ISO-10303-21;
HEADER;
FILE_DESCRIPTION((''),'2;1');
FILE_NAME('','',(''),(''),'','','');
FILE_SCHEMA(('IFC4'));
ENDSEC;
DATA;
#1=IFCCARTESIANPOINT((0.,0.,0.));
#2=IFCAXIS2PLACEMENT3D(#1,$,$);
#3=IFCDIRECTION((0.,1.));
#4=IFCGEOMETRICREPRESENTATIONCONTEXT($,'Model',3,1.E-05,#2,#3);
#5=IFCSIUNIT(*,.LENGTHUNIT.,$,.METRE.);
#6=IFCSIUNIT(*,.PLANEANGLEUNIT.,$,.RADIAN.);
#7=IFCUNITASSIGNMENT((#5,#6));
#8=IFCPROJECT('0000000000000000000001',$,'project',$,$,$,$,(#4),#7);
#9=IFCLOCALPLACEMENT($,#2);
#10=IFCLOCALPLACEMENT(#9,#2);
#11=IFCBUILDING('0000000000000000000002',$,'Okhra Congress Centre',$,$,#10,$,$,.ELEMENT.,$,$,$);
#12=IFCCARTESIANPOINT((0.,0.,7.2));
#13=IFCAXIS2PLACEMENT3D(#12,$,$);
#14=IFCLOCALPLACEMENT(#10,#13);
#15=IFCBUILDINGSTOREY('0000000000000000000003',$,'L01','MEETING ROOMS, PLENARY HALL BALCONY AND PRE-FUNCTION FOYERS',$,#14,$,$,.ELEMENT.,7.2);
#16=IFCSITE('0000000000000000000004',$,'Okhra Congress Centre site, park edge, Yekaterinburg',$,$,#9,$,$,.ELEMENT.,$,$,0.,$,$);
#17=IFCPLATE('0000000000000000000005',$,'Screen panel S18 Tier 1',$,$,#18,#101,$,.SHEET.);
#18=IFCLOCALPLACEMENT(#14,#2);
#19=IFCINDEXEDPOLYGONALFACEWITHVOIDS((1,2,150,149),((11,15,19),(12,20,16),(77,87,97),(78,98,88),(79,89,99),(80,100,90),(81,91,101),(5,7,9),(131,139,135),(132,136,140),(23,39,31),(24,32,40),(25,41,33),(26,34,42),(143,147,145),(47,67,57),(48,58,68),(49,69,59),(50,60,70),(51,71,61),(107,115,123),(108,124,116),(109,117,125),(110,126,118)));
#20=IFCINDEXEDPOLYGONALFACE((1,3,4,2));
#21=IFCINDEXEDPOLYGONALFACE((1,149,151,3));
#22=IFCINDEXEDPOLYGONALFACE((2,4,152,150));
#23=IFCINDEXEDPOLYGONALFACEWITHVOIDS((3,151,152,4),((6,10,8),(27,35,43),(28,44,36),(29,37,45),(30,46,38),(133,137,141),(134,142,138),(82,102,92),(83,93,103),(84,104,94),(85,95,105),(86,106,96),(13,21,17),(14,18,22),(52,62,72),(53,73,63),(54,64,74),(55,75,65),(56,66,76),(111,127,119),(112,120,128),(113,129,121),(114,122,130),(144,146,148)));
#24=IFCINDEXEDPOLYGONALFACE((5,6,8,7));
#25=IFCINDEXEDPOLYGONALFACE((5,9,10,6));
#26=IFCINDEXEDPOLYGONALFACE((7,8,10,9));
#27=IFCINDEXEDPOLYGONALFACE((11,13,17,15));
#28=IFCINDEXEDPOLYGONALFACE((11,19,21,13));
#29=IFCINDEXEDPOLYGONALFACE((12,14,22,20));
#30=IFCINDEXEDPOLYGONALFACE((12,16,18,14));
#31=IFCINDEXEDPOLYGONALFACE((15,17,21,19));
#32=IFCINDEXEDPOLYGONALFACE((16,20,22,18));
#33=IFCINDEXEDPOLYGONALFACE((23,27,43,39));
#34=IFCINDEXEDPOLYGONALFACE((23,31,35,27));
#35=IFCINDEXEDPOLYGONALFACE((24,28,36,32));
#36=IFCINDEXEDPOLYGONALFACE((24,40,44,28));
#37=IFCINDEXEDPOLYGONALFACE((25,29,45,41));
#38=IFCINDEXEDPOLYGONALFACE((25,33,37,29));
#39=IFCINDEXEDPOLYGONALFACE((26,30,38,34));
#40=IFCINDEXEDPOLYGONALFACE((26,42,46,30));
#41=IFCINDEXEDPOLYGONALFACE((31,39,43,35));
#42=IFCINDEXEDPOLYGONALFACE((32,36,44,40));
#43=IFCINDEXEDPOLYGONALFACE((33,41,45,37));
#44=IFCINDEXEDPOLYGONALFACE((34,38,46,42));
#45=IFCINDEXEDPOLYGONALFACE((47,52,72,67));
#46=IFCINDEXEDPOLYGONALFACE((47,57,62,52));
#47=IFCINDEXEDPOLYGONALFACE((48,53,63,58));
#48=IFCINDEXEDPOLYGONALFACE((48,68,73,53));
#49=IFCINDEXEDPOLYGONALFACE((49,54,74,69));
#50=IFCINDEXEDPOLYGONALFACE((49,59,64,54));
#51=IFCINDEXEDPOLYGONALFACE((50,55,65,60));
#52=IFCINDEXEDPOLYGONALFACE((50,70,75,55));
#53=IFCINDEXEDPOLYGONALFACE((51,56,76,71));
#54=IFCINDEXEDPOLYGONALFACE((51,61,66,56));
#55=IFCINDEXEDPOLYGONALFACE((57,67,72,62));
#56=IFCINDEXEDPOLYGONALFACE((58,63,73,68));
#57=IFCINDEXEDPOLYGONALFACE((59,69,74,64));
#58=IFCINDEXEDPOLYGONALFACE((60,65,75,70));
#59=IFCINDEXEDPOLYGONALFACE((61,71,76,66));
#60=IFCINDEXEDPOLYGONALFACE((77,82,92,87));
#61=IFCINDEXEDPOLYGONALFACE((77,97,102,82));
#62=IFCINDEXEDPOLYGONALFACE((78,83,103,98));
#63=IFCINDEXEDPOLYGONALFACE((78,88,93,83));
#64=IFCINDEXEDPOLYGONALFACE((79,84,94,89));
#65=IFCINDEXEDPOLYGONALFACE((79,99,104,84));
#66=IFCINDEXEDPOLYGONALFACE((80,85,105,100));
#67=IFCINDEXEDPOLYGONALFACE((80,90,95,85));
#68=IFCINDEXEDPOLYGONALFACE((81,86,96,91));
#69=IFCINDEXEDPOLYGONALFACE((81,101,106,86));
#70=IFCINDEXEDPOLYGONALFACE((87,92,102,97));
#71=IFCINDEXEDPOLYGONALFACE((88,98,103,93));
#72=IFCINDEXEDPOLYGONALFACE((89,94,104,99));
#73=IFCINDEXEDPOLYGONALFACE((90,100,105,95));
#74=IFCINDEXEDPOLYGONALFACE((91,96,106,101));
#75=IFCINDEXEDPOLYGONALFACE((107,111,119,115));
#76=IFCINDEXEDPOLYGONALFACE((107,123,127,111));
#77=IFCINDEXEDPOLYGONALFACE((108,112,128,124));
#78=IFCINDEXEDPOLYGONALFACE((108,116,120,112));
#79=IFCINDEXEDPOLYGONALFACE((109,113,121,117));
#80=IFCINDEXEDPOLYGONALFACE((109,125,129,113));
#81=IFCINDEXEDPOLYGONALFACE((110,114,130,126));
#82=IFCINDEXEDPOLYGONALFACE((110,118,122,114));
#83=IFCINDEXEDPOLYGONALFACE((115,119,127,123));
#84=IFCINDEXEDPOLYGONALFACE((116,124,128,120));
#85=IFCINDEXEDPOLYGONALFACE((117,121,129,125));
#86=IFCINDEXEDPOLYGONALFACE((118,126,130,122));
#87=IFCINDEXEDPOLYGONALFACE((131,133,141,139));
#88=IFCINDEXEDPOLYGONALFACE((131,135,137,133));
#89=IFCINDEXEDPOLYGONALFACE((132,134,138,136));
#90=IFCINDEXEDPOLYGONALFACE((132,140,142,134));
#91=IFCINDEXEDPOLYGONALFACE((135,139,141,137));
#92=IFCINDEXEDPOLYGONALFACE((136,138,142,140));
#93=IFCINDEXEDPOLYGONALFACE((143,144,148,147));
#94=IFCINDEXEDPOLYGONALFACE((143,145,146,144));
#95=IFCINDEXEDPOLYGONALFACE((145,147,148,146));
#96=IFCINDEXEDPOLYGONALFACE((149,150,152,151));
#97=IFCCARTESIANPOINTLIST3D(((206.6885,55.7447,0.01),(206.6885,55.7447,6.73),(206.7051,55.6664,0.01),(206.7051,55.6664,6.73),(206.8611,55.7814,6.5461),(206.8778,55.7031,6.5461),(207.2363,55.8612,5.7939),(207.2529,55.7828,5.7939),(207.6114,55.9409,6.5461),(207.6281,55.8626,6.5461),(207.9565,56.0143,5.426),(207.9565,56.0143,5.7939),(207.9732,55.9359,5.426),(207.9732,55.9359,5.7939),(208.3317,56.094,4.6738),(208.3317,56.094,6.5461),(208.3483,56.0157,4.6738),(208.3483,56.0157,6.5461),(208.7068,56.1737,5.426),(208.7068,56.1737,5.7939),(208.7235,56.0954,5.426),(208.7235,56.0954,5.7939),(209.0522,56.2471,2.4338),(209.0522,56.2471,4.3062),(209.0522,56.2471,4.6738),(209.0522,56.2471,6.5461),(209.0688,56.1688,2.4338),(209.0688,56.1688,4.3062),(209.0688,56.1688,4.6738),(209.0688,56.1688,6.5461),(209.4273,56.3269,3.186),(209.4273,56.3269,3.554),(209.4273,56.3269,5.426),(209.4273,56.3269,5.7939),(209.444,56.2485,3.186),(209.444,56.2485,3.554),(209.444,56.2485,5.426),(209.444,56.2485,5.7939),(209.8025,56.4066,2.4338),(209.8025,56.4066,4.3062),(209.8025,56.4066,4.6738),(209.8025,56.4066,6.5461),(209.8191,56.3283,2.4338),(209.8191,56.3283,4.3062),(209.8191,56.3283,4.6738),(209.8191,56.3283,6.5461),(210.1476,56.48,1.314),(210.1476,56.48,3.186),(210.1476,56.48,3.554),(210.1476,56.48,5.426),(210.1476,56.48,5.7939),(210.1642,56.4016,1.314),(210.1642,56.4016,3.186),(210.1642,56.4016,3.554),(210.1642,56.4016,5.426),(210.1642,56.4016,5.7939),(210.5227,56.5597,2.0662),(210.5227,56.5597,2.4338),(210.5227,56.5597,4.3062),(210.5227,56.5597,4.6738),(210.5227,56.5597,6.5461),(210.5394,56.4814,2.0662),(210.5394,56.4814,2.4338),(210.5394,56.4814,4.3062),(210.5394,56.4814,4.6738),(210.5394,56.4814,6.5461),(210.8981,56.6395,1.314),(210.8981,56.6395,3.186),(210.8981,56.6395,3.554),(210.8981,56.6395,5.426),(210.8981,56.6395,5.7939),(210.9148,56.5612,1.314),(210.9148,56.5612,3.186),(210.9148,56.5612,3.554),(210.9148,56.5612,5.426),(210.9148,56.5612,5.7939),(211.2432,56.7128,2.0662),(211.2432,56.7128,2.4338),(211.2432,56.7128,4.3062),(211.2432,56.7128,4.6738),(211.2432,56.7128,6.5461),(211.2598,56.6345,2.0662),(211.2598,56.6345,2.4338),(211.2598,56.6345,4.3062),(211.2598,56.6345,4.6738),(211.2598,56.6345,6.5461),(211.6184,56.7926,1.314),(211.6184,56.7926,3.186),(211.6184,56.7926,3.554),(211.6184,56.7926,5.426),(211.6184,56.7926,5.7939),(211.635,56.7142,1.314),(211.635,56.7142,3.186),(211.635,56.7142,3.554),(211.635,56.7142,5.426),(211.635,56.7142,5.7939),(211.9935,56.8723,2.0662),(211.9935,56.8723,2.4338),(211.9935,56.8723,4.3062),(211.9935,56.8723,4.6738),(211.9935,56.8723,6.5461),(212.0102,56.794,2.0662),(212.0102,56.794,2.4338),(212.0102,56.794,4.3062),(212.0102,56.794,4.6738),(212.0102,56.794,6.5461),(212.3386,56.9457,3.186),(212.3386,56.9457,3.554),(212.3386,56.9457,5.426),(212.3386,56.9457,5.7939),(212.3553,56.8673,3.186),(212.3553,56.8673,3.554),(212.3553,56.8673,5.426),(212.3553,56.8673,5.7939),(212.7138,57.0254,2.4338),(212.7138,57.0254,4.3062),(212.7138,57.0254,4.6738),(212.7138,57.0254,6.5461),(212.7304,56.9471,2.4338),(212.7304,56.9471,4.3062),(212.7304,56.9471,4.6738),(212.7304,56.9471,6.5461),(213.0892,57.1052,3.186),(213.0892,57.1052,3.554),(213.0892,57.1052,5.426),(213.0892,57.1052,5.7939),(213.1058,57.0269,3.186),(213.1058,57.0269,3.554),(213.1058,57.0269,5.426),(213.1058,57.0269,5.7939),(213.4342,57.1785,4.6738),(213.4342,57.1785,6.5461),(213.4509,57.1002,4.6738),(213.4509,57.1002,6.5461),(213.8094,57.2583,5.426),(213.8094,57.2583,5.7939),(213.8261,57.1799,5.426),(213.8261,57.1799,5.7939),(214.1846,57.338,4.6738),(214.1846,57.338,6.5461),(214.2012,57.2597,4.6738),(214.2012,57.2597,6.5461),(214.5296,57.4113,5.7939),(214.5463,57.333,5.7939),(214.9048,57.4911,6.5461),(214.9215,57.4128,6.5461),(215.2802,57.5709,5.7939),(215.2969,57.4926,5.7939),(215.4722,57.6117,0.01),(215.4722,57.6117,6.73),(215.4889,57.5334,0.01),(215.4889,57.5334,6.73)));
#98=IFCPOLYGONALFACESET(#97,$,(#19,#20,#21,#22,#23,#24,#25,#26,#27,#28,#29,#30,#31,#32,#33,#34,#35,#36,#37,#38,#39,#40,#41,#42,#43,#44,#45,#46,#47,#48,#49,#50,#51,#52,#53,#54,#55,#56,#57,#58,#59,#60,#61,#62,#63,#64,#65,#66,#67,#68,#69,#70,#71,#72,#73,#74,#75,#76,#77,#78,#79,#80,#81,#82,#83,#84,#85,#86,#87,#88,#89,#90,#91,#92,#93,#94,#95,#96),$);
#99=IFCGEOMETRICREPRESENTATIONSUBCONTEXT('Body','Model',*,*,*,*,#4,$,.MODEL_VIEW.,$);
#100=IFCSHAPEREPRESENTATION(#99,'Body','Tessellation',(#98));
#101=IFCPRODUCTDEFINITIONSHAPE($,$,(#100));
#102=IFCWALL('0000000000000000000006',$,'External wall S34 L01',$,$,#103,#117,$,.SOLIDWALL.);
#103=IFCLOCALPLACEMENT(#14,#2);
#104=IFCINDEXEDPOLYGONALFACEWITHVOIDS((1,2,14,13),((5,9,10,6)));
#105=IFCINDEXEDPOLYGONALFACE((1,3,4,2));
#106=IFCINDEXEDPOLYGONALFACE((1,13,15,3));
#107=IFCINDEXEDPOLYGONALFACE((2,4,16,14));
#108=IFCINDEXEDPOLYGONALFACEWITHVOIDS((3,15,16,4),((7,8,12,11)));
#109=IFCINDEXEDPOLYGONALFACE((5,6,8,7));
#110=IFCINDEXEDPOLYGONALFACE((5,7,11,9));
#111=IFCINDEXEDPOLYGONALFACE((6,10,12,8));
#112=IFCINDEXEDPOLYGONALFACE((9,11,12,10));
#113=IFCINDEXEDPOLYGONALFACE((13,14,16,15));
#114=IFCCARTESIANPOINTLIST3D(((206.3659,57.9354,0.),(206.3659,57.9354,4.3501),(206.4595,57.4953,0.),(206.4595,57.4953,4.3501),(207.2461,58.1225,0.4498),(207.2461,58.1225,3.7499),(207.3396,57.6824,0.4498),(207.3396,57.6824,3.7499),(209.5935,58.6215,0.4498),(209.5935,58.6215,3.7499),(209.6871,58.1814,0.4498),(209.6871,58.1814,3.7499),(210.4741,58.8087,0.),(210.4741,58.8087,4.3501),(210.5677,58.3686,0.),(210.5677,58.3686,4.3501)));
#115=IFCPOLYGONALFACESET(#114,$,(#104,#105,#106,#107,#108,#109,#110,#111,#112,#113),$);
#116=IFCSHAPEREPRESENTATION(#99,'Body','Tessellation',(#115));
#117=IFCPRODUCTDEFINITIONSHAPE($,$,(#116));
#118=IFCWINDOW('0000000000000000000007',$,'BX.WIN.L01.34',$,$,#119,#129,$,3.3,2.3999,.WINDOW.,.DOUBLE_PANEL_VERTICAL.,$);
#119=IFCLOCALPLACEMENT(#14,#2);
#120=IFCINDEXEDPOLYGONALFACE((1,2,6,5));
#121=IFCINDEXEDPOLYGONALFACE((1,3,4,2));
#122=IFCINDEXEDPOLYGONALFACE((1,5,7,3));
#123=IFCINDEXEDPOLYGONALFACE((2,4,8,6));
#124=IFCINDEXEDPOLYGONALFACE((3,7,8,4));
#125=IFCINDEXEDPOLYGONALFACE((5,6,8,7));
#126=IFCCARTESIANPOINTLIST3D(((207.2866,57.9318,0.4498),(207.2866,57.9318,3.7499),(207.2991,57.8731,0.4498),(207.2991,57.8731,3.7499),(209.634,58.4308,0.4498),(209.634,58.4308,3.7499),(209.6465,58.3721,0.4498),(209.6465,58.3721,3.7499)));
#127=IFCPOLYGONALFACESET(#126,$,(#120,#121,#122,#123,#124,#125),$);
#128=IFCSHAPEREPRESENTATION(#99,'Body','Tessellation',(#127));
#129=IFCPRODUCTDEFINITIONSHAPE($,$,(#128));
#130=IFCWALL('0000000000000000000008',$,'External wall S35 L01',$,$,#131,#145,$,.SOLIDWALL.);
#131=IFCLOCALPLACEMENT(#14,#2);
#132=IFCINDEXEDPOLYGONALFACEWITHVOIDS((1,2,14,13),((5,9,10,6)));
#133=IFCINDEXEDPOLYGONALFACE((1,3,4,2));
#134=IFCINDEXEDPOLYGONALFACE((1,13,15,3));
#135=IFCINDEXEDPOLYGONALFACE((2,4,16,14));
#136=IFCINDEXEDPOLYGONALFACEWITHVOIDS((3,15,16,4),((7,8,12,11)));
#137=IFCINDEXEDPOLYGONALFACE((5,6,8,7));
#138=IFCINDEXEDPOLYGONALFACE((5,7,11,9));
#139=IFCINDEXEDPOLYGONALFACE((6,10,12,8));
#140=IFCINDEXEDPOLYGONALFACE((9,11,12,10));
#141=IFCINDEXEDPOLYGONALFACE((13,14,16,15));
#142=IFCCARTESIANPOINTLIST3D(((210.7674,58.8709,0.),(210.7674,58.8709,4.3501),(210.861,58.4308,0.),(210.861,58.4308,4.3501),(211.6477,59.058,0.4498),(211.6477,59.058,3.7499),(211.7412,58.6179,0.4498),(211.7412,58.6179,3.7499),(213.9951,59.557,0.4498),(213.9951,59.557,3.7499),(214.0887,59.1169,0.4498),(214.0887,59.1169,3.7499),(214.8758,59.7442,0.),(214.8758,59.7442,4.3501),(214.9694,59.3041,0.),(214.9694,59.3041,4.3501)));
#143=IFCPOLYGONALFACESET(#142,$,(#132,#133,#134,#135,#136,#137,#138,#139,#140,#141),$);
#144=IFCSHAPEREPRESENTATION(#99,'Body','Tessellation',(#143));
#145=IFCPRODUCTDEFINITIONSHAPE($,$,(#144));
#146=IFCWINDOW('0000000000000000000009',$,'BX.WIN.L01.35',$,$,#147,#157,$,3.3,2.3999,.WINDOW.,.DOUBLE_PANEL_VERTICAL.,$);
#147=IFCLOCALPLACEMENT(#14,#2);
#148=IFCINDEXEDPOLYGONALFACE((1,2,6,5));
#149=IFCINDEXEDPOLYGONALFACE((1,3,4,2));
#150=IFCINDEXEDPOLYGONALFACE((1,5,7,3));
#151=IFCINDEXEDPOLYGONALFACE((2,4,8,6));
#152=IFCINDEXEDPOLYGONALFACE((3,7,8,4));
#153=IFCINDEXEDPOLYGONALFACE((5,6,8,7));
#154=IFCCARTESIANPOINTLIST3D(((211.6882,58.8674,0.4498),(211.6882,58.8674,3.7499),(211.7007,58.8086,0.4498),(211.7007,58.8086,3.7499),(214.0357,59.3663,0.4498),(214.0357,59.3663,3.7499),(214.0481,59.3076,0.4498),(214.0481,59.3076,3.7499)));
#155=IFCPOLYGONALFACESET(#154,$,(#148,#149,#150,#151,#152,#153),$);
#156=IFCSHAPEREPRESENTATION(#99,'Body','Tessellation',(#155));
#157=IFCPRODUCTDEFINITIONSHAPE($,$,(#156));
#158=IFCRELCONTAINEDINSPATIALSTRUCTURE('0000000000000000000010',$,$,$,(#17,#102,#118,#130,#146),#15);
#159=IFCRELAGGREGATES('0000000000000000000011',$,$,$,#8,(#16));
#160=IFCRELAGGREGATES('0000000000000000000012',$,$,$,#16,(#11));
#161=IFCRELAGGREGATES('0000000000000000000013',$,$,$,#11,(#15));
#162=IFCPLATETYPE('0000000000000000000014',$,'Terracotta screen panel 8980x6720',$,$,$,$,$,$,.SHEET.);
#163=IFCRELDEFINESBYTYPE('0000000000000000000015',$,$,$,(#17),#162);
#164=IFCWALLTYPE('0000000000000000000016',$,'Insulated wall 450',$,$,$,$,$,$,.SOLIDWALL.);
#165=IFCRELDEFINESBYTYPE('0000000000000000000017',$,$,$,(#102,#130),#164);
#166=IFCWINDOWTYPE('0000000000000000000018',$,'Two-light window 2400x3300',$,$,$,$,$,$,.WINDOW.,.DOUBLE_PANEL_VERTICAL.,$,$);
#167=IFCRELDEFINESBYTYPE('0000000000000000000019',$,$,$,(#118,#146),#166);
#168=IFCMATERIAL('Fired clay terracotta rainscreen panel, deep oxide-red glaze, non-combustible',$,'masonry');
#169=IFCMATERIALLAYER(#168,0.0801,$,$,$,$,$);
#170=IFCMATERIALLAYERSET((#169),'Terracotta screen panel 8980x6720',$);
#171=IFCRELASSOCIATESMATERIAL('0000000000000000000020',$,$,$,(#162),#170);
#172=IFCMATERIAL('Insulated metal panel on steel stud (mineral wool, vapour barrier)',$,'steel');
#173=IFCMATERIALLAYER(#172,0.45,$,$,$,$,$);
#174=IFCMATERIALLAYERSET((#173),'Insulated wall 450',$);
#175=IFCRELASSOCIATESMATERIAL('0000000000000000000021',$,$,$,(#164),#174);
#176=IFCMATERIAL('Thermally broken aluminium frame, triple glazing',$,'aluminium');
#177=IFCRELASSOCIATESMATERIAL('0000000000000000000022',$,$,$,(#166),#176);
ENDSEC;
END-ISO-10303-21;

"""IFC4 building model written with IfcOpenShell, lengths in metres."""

from ifc_helpers import new_model, si_unit, direction, frame, frame_2d, origin, place, context, subcontext, project, spatial, polyline, rectangle, outline, extrude, material, layer, layer_set, type_object, element, fill, save


model = new_model("IFC4")

# Units and contexts
model_context = context("Model", 3, precision=1e-05, world=origin(), true_north=direction((0.0, 1.0)))
body_context = subcontext(model_context, "Body", "Model", "MODEL_VIEW")
ifc_project = project(units=[si_unit("LENGTHUNIT", "METRE"), si_unit("PLANEANGLEUNIT", "RADIAN")], contexts=[model_context])

# Site, building, storey
site_placement = place(None, origin())
site = spatial("IfcSite", under=ifc_project, at=site_placement, Name="Okhra Congress Centre site, park edge, Yekaterinburg", CompositionType="ELEMENT", RefElevation=0.0)
building_placement = place(site_placement, origin())
building = spatial("IfcBuilding", under=site, at=building_placement, Name="Okhra Congress Centre", CompositionType="ELEMENT")
storey_placement = place(building_placement, frame((0.0, 0.0, 7.2)))
storey = spatial("IfcBuildingStorey", under=building, at=storey_placement, Name="L01", Description="MEETING ROOMS, PLENARY HALL BALCONY AND PRE-FUNCTION FOYERS", CompositionType="ELEMENT", Elevation=7.2)

# Plate
ifc_material_1 = material(Name="Fired clay terracotta rainscreen panel, deep oxide-red glaze, non-combustible", Category="masonry")
ifc_layer_1 = layer(ifc_material_1, 0.0801)
ifc_layer_set_1 = layer_set([ifc_layer_1], Name="Terracotta screen panel 8980x6720")
plate_type = type_object("IfcPlateType", Name="Terracotta screen panel 8980x6720", PredefinedType="SHEET", material=ifc_layer_set_1)
plate_placement = place(storey_placement, frame((206.6968, 55.7056, 0.01), z_axis=(0.0, 0.0, 1.0), x_axis=(0.97815, 0.207902, 0.0)))
element("IfcPlate", 1, at=plate_placement, inside=storey, type_object=plate_type, Name="Screen panel S18 Tier 1", PredefinedType="SHEET", context=body_context, shape_type="SweptSolid", body=[
    extrude(outline(polyline([(0.0, 0.0), (8.98, 0.0), (8.98, 6.72), (0.0, 6.72), (0.0, 0.0)]), holes=[polyline([(3.5364, 1.304), (4.3037, 1.304), (3.9199, 2.0562), (3.5364, 1.304)]), polyline([(4.6565, 2.0562), (5.04, 1.304), (5.4236, 2.0562), (4.6565, 2.0562)]), polyline([(2.4165, 2.4238), (3.1836, 2.4238), (2.8, 3.176), (2.4165, 2.4238)]), polyline([(3.5364, 3.176), (3.9199, 2.4238), (4.3037, 3.176), (3.5364, 3.176)]), polyline([(4.6565, 2.4238), (5.4236, 2.4238), (5.04, 3.176), (4.6565, 2.4238)]), polyline([(5.7764, 3.176), (6.1599, 2.4238), (6.5437, 3.176), (5.7764, 3.176)]), polyline([(2.4165, 4.2961), (2.8, 3.5439), (3.1836, 4.2961), (2.4165, 4.2961)]), polyline([(3.5364, 3.5439), (4.3037, 3.5439), (3.9199, 4.2961), (3.5364, 3.5439)]), polyline([(4.6565, 4.2961), (5.04, 3.5439), (5.4236, 4.2961), (4.6565, 4.2961)]), polyline([(5.7764, 3.5439), (6.5437, 3.5439), (6.1599, 4.2961), (5.7764, 3.5439)]), polyline([(1.2964, 5.416), (1.6799, 4.6638), (2.0635, 5.416), (1.2964, 5.416)]), polyline([(2.4165, 4.6638), (3.1836, 4.6638), (2.8, 5.416), (2.4165, 4.6638)]), polyline([(3.5364, 5.416), (3.9199, 4.6638), (4.3037, 5.416), (3.5364, 5.416)]), polyline([(4.6565, 4.6638), (5.4236, 4.6638), (5.04, 5.416), (4.6565, 4.6638)]), polyline([(5.7764, 5.416), (6.1599, 4.6638), (6.5437, 5.416), (5.7764, 5.416)]), polyline([(6.8965, 4.6638), (7.6636, 4.6638), (7.28, 5.416), (6.8965, 4.6638)]), polyline([(0.1765, 6.5361), (0.5601, 5.7839), (0.9436, 6.5361), (0.1765, 6.5361)]), polyline([(1.2964, 5.7839), (2.0635, 5.7839), (1.6799, 6.5361), (1.2964, 5.7839)]), polyline([(2.4165, 6.5361), (2.8, 5.7839), (3.1836, 6.5361), (2.4165, 6.5361)]), polyline([(3.5364, 5.7839), (4.3037, 5.7839), (3.9199, 6.5361), (3.5364, 5.7839)]), polyline([(4.6565, 6.5361), (5.04, 5.7839), (5.4236, 6.5361), (4.6565, 6.5361)]), polyline([(5.7764, 5.7839), (6.5437, 5.7839), (6.1599, 6.5361), (5.7764, 5.7839)]), polyline([(6.8965, 6.5361), (7.28, 5.7839), (7.6636, 6.5361), (6.8965, 6.5361)]), polyline([(8.0164, 5.7839), (8.7837, 5.7839), (8.3999, 6.5361), (8.0164, 5.7839)])]), frame((0.0, 0.04, 0.0), z_axis=(0.0, -1.0, 0.0), x_axis=(1.0, 0.0, 0.0)), (0.0, 0.0, 1.0), 0.0801),
])

# Walls, openings, windows
ifc_material_2 = material(Name="Insulated metal panel on steel stud (mineral wool, vapour barrier)", Category="steel")
ifc_layer_2 = layer(ifc_material_2, 0.45)
ifc_layer_set_2 = layer_set([ifc_layer_2], Name="Insulated wall 450")
wall_type_1 = type_object("IfcWallType", Name="Insulated wall 450", PredefinedType="SOLIDWALL", material=ifc_layer_set_2)
wall_1_placement = place(storey_placement, frame((206.4126, 57.7153, 0.0), z_axis=(0.0, 0.0, 1.0), x_axis=(0.978144, 0.207929, 0.0)))
wall_1 = element("IfcWall", 2, at=wall_1_placement, inside=storey, type_object=wall_type_1, Name="External wall S34 L01", PredefinedType="SOLIDWALL", context=body_context, shape_type="SweptSolid", body=[
    extrude(rectangle(XDim=4.2, YDim=0.45, at=frame_2d((2.1001, 0.0))), origin(), (0.0, 0.0, 1.0), 4.3501),
])
opening_1_placement = place(wall_1_placement, frame((0.8999, 0.0, 0.45)))
opening_1 = element("IfcOpeningElement", 3, at=opening_1_placement, cuts=wall_1, PredefinedType="OPENING", context=body_context, shape_type="SweptSolid", body=[
    extrude(rectangle(XDim=2.3999, YDim=3.3, at=frame_2d((1.2, 1.6499))), frame((0.0, 0.2349, 0.0), z_axis=(0.0, -1.0, 0.0), x_axis=(1.0, 0.0, 0.0)), (0.0, 0.0, 1.0), 0.47),
])
ifc_material_3 = material(Name="Thermally broken aluminium frame, triple glazing", Category="aluminium")
window_type = type_object("IfcWindowType", Name="Two-light window 2400x3300", PartitioningType="DOUBLE_PANEL_VERTICAL", PredefinedType="WINDOW", material=ifc_material_3)
window_1_placement = place(opening_1_placement, origin())
window_1 = element("IfcWindow", 4, at=window_1_placement, inside=storey, type_object=window_type, Name="BX.WIN.L01.34", OverallHeight=3.3, OverallWidth=2.3999, PartitioningType="DOUBLE_PANEL_VERTICAL", PredefinedType="WINDOW", context=body_context, shape_type="SweptSolid", body=[
    extrude(rectangle(XDim=2.3999, YDim=3.3, at=frame_2d((1.2, 1.6499))), frame((0.0, 0.03, 0.0), z_axis=(0.0, -1.0, 0.0), x_axis=(1.0, 0.0, 0.0)), (0.0, 0.0, 1.0), 0.0601),
])
fill(opening_1, window_1)
wall_2_placement = place(storey_placement, frame((210.8142, 58.6509, 0.0), z_axis=(0.0, 0.0, 1.0), x_axis=(0.978146, 0.207917, 0.0)))
wall_2 = element("IfcWall", 5, at=wall_2_placement, inside=storey, type_object=wall_type_1, Name="External wall S35 L01", PredefinedType="SOLIDWALL", context=body_context, shape_type="SweptSolid", body=[
    extrude(rectangle(XDim=4.2002, YDim=0.45, at=frame_2d((2.1001, 0.0))), origin(), (0.0, 0.0, 1.0), 4.3501),
])
opening_2_placement = place(wall_2_placement, frame((0.8999, 0.0, 0.45)))
opening_2 = element("IfcOpeningElement", 6, at=opening_2_placement, cuts=wall_2, PredefinedType="OPENING", context=body_context, shape_type="SweptSolid", body=[
    extrude(rectangle(XDim=2.3999, YDim=3.3, at=frame_2d((1.2, 1.6499))), frame((0.0, 0.2349, 0.0), z_axis=(0.0, -1.0, 0.0), x_axis=(1.0, 0.0, 0.0)), (0.0, 0.0, 1.0), 0.47),
])
window_2_placement = place(opening_2_placement, origin())
window_2 = element("IfcWindow", 7, at=window_2_placement, inside=storey, type_object=window_type, Name="BX.WIN.L01.35", OverallHeight=3.3, OverallWidth=2.3999, PartitioningType="DOUBLE_PANEL_VERTICAL", PredefinedType="WINDOW", context=body_context, shape_type="SweptSolid", body=[
    extrude(rectangle(XDim=2.3999, YDim=3.3, at=frame_2d((1.2, 1.6499))), frame((0.0, 0.03, 0.0), z_axis=(0.0, -1.0, 0.0), x_axis=(1.0, 0.0, 0.0)), (0.0, 0.0, 1.0), 0.0601),
])
fill(opening_2, window_2)

save(model, "model.ifc")
